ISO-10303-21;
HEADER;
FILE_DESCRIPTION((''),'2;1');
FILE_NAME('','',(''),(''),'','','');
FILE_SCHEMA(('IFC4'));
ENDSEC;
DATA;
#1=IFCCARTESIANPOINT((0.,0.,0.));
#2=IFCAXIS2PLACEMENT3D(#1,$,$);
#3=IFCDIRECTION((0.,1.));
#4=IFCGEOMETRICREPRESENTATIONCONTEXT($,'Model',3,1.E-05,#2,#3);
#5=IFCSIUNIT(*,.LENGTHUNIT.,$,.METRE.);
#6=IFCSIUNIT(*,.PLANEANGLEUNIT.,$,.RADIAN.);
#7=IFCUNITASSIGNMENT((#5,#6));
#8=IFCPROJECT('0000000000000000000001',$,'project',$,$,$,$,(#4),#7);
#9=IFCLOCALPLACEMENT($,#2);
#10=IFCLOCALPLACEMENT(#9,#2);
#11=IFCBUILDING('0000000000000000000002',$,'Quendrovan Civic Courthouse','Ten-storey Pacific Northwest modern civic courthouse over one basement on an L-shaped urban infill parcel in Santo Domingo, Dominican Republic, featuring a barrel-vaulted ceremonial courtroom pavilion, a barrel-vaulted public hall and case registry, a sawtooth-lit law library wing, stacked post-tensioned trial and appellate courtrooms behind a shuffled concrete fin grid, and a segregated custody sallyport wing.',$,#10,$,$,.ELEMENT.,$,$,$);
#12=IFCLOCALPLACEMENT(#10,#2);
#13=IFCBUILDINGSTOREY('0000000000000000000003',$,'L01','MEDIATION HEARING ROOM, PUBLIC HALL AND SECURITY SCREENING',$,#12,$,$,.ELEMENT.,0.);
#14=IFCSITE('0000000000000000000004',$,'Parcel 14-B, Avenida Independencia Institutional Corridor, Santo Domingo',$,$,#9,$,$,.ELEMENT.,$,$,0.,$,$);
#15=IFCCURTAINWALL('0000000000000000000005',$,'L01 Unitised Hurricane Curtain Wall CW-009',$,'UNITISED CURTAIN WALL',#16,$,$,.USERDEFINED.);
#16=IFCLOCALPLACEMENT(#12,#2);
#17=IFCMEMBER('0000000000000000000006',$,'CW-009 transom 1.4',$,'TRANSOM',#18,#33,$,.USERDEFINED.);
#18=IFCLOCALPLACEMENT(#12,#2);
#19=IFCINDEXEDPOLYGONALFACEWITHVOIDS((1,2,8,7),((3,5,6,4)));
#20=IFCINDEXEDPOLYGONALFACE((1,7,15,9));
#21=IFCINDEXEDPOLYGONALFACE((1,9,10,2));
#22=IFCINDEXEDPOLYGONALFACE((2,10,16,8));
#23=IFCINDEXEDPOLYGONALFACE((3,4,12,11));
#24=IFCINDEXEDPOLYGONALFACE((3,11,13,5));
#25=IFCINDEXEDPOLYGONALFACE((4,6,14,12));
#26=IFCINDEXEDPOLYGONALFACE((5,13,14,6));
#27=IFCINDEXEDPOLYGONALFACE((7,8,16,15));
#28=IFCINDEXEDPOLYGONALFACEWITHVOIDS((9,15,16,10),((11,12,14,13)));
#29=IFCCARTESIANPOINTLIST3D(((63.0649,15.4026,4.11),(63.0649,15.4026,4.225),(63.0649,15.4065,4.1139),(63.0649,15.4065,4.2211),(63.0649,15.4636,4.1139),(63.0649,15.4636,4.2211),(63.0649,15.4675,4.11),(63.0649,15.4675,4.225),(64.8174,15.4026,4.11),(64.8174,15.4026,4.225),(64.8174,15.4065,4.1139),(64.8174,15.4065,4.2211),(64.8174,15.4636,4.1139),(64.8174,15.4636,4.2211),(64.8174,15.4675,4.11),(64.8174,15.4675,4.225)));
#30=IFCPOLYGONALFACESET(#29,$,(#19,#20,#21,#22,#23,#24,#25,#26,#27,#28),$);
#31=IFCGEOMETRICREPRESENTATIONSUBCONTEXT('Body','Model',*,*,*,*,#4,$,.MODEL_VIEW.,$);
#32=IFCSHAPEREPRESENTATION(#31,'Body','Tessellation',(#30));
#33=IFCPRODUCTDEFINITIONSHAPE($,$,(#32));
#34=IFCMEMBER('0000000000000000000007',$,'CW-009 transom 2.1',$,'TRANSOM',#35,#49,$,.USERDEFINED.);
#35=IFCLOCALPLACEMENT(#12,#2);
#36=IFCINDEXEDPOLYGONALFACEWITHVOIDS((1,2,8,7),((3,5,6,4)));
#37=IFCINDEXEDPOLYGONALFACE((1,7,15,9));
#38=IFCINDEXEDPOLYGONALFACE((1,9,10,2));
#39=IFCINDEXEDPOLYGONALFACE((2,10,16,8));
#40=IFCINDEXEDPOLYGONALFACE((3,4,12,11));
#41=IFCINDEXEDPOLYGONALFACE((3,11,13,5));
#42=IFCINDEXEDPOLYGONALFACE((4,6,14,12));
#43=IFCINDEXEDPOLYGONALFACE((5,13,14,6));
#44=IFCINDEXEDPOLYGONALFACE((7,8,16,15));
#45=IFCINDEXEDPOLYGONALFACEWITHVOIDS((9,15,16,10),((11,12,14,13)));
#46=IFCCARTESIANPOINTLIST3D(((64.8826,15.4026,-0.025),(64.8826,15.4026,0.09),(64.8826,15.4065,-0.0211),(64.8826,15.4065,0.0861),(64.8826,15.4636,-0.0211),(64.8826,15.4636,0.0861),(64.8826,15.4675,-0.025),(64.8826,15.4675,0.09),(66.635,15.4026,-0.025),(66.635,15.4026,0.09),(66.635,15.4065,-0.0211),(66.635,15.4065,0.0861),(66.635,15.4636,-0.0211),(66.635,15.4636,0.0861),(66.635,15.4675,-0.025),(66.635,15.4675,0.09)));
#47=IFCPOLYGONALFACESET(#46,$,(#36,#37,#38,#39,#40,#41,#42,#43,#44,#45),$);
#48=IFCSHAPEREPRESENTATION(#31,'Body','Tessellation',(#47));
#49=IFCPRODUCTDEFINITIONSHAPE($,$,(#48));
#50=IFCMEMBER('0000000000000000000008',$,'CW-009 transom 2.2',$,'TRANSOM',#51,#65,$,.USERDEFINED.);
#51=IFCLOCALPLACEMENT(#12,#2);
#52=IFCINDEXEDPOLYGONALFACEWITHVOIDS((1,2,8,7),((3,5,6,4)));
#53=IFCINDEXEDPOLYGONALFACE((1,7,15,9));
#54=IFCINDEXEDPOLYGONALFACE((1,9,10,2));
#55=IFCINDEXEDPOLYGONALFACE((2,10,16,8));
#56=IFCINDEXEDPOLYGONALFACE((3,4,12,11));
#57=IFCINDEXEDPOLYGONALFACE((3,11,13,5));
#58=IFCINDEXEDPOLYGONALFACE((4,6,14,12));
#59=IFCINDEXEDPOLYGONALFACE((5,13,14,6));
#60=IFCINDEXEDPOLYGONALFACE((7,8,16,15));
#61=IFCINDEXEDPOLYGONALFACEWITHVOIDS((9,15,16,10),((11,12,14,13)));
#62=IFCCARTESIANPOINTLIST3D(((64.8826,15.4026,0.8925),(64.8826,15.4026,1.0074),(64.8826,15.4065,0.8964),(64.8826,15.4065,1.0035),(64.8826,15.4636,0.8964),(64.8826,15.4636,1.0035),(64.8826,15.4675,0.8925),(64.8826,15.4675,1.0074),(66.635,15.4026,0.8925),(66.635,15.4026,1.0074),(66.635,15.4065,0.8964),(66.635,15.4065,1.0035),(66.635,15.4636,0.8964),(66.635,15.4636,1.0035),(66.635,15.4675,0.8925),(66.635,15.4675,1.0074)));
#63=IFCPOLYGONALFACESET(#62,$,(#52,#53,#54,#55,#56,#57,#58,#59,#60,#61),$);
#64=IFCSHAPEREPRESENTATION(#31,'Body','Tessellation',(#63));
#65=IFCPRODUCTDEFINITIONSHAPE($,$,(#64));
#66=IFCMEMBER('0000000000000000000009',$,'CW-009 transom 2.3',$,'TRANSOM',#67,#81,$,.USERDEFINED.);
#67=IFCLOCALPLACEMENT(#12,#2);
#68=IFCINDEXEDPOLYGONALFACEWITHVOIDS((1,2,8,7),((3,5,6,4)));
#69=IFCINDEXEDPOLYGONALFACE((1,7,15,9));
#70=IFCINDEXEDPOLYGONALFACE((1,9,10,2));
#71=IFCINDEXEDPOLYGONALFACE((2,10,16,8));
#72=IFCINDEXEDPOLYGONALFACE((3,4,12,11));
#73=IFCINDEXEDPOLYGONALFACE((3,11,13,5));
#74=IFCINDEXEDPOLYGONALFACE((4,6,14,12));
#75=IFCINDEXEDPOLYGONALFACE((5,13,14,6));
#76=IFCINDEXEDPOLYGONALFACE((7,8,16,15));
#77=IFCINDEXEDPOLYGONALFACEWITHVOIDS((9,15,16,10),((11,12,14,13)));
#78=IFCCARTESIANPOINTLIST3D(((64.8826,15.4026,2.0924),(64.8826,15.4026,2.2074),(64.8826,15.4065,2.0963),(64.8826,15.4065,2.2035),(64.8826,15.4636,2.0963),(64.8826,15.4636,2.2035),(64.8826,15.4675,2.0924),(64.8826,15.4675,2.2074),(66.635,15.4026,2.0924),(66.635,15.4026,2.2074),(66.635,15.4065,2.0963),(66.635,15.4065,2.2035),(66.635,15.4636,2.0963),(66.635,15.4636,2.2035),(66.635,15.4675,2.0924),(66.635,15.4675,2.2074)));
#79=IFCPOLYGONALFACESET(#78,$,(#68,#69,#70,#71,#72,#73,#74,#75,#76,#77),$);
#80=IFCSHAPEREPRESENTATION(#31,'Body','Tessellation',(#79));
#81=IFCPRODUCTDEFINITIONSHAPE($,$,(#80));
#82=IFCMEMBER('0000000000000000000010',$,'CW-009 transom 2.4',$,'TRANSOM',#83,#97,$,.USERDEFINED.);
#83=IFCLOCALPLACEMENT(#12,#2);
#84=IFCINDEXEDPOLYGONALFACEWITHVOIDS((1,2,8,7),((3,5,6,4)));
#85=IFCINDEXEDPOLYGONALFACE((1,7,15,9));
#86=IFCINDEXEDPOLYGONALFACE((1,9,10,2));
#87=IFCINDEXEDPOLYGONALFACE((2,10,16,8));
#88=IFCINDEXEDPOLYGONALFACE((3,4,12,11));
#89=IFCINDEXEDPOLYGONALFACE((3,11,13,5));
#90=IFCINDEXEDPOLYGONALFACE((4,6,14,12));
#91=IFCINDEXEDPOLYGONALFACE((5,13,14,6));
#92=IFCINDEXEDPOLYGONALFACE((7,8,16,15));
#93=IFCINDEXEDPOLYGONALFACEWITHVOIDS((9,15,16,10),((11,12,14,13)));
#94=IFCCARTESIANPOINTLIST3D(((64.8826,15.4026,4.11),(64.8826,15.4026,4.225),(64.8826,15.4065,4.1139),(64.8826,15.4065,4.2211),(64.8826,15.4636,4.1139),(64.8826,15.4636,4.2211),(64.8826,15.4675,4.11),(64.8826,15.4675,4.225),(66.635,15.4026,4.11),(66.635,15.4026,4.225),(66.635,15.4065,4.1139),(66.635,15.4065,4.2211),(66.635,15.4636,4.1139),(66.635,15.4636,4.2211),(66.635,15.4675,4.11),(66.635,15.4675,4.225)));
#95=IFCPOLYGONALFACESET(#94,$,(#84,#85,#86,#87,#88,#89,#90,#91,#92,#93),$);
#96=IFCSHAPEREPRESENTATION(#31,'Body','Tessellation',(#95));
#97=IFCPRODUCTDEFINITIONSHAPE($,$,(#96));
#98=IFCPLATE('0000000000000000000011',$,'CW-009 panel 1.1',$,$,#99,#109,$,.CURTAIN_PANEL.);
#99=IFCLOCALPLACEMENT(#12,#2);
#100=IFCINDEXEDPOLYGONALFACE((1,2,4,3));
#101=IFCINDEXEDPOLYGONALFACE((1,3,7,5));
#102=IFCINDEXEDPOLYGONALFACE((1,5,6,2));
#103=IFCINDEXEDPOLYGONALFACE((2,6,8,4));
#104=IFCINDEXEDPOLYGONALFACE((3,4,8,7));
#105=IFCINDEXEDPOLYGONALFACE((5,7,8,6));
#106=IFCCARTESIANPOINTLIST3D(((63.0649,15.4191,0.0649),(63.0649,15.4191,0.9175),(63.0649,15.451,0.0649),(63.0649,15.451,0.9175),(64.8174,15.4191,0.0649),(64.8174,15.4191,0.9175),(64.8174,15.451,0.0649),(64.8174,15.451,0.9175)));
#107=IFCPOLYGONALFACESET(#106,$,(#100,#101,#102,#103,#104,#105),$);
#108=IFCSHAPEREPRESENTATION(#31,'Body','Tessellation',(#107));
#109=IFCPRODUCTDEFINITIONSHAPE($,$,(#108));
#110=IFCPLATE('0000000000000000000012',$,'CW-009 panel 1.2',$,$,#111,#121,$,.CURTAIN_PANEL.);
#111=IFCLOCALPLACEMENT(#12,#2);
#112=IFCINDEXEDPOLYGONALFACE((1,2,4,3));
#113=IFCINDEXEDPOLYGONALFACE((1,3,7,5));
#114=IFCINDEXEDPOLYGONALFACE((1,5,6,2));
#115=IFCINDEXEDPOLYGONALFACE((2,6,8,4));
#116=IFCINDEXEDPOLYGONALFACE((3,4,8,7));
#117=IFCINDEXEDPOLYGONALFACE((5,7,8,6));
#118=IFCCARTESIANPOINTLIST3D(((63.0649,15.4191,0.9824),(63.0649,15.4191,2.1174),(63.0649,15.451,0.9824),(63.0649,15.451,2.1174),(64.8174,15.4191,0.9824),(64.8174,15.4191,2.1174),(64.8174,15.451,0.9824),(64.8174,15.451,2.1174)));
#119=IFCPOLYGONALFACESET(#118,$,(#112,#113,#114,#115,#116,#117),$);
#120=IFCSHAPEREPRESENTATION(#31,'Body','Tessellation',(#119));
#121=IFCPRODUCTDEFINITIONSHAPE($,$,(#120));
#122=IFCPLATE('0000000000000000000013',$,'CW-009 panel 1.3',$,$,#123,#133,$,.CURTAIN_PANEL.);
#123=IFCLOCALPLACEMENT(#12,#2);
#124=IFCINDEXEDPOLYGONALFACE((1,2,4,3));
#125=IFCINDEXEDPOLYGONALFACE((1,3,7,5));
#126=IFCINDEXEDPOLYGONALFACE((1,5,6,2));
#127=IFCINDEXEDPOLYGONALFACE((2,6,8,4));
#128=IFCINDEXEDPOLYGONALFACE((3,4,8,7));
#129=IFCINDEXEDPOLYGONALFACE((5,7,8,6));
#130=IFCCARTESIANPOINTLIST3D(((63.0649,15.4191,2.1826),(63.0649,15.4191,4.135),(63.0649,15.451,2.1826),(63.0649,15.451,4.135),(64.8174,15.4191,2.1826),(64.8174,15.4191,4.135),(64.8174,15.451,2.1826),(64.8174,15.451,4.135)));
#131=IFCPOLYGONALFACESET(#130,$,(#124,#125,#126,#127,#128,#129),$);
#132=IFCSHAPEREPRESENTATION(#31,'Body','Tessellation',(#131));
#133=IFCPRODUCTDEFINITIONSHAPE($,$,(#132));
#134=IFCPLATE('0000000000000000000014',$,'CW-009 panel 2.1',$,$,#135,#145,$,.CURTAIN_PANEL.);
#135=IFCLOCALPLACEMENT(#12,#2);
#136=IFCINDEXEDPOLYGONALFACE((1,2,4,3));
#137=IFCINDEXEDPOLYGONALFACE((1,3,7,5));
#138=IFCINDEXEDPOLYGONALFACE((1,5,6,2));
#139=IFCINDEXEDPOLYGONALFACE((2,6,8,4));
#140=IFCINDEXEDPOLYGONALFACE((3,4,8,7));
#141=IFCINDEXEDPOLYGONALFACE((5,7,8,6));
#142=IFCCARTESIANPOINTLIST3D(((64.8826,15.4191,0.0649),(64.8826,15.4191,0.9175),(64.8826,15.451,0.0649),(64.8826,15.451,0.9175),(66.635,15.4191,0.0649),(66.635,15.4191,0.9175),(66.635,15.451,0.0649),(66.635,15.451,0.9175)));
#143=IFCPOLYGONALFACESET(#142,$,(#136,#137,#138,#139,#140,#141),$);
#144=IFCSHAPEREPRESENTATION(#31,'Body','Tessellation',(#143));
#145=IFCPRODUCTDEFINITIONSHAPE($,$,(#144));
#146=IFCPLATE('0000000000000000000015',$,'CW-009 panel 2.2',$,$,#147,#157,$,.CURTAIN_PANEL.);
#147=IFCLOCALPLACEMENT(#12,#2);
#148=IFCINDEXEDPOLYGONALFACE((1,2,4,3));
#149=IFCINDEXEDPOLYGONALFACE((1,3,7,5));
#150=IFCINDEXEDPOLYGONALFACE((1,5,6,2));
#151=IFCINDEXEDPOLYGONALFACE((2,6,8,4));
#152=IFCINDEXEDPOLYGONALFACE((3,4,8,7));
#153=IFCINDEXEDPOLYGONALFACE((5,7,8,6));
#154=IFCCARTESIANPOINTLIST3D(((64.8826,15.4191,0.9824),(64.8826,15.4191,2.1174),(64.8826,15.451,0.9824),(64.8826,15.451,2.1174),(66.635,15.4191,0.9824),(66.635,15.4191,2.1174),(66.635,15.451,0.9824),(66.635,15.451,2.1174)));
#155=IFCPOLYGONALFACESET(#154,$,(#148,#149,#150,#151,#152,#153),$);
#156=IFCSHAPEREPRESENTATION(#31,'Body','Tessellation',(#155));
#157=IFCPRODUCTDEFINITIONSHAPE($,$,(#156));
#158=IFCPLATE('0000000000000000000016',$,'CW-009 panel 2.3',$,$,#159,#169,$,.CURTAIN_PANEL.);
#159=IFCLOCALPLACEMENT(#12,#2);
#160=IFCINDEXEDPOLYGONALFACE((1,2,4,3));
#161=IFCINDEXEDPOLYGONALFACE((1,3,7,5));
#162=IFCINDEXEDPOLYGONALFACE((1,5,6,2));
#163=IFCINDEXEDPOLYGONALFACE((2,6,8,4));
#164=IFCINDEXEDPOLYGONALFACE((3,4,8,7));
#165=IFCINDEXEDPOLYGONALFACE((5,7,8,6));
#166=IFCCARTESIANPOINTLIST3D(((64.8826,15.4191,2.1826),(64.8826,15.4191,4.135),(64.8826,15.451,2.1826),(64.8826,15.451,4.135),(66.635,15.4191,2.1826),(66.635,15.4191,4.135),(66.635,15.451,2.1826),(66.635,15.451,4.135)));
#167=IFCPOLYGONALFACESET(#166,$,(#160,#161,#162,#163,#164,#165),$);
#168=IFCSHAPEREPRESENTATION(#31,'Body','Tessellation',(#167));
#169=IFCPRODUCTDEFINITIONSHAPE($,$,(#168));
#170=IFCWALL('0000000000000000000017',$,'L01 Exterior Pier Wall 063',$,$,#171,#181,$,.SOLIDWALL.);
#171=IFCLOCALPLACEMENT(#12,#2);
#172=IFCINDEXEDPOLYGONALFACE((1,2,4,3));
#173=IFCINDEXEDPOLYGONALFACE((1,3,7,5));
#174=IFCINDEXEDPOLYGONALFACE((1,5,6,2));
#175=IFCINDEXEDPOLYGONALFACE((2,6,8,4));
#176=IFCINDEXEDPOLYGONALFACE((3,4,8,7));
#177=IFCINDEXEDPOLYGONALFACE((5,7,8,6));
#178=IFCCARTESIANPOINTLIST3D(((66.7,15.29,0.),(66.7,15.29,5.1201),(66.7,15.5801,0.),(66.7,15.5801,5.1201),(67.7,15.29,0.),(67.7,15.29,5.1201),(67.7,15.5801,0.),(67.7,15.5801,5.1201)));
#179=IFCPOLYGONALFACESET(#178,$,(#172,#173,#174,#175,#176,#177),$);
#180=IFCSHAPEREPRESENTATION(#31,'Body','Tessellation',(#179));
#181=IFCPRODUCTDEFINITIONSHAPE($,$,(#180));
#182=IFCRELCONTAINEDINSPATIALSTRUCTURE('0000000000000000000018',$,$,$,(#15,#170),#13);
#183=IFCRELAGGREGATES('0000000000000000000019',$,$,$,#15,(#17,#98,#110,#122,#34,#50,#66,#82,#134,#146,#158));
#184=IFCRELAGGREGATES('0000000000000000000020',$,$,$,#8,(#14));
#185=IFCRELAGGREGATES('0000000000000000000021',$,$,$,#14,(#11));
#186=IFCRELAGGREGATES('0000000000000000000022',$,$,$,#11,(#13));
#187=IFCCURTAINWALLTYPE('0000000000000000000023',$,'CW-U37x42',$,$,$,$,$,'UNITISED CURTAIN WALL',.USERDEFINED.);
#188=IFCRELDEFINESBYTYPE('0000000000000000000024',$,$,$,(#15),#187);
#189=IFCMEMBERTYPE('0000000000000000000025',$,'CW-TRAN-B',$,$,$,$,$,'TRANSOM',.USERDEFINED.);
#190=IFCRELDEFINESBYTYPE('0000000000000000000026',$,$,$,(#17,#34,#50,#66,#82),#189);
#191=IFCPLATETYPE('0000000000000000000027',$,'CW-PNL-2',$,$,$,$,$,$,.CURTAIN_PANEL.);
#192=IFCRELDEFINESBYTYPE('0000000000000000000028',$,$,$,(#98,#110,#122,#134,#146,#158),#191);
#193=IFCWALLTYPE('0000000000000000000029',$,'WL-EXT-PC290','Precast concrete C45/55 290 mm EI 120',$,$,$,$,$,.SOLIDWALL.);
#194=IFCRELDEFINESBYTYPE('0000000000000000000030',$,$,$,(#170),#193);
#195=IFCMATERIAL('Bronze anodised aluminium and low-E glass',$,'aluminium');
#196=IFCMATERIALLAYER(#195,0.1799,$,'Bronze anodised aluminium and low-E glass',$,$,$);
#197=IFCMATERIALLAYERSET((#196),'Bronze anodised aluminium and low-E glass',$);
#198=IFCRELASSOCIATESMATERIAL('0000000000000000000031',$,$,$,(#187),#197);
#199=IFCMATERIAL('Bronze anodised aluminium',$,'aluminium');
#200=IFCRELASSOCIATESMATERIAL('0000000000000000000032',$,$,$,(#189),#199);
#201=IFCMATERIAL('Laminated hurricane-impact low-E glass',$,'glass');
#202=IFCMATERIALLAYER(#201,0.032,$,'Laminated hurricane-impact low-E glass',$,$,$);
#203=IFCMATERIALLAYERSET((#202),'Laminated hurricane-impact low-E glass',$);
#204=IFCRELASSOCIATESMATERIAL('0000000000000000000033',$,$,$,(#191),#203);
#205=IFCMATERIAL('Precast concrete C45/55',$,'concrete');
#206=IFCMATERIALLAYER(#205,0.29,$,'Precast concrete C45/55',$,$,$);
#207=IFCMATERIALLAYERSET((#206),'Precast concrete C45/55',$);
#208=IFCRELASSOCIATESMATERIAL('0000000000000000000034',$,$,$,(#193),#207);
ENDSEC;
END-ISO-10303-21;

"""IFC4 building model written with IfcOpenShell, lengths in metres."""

from ifc_helpers import new_model, si_unit, direction, frame, frame_2d, origin, origin_2d, place, context, subcontext, project, spatial, rectangle, hollow_rectangle, extrude, material, layer, layer_set, material_profile, profile_set, type_object, element, aggregate, save


model = new_model("IFC4")

# Units and contexts
model_context = context("Model", 3, precision=1e-05, world=origin(), true_north=direction((0.0, 1.0)))
body_context = subcontext(model_context, "Body", "Model", "MODEL_VIEW")
ifc_project = project(units=[si_unit("LENGTHUNIT", "METRE"), si_unit("PLANEANGLEUNIT", "RADIAN")], contexts=[model_context])

# Site, building, storey
site_placement = place(None, origin())
site = spatial("IfcSite", under=ifc_project, at=site_placement, Name="Parcel 14-B, Avenida Independencia Institutional Corridor, Santo Domingo", CompositionType="ELEMENT", RefElevation=0.0)
building_placement = place(site_placement, origin())
building = spatial("IfcBuilding", under=site, at=building_placement, Name="Quendrovan Civic Courthouse", Description="Ten-storey Pacific Northwest modern civic courthouse over one basement on an L-shaped urban infill parcel in Santo Domingo, Dominican Republic, featuring a barrel-vaulted ceremonial courtroom pavilion, a barrel-vaulted public hall and case registry, a sawtooth-lit law library wing, stacked post-tensioned trial and appellate courtrooms behind a shuffled concrete fin grid, and a segregated custody sallyport wing.", CompositionType="ELEMENT")
storey_placement = place(building_placement, origin())
storey = spatial("IfcBuildingStorey", under=building, at=storey_placement, Name="L01", Description="MEDIATION HEARING ROOM, PUBLIC HALL AND SECURITY SCREENING", CompositionType="ELEMENT", Elevation=0.0)

# Curtain wall, members, plates
ifc_material_1 = material(Name="Bronze anodised aluminium and low-E glass", Category="aluminium")
ifc_layer_1 = layer(ifc_material_1, 0.1799, Name="Bronze anodised aluminium and low-E glass")
ifc_layer_set_1 = layer_set([ifc_layer_1], Name="Bronze anodised aluminium and low-E glass")
curtain_wall_type = type_object("IfcCurtainWallType", Name="CW-U37x42", ElementType="UNITISED CURTAIN WALL", PredefinedType="USERDEFINED", material=ifc_layer_set_1)
curtain_wall_placement = place(storey_placement, origin())
curtain_wall = element("IfcCurtainWall", 1, at=curtain_wall_placement, inside=storey, type_object=curtain_wall_type, Name="L01 Unitised Hurricane Curtain Wall CW-009", ObjectType="UNITISED CURTAIN WALL", PredefinedType="USERDEFINED")
ifc_material_2 = material(Name="Bronze anodised aluminium", Category="aluminium")
ifc_material_profile_1 = material_profile(ifc_material_2, hollow_rectangle(XDim=0.0649, YDim=0.115, WallThickness=0.0039, at=origin_2d()), Name="CW-TRAN-65x115")
ifc_profile_set_1 = profile_set([ifc_material_profile_1], Name="Bronze anodised aluminium")
member_type_1 = type_object("IfcMemberType", Name="CW-TRAN-B", ElementType="TRANSOM", PredefinedType="USERDEFINED", material=ifc_profile_set_1)
member_1_placement = place(storey_placement, frame((63.0649, 15.4351, 4.1675), z_axis=(1.0, 0.0, 0.0), x_axis=(0.0, 1.0, 0.0)))
member_1 = element("IfcMember", 2, at=member_1_placement, type_object=member_type_1, Name="CW-009 transom 1.4", ObjectType="TRANSOM", PredefinedType="USERDEFINED", context=body_context, shape_type="SweptSolid", body=[
    extrude(hollow_rectangle(XDim=0.0649, YDim=0.115, WallThickness=0.0039, at=origin_2d()), origin(), (0.0, 0.0, 1.0), 1.7524),
])
member_2_placement = place(storey_placement, frame((64.8826, 15.4351, 0.0325), z_axis=(1.0, 0.0, 0.0), x_axis=(0.0, 1.0, 0.0)))
member_2 = element("IfcMember", 3, at=member_2_placement, type_object=member_type_1, Name="CW-009 transom 2.1", ObjectType="TRANSOM", PredefinedType="USERDEFINED", context=body_context, shape_type="SweptSolid", body=[
    extrude(hollow_rectangle(XDim=0.0649, YDim=0.115, WallThickness=0.0039, at=origin_2d()), origin(), (0.0, 0.0, 1.0), 1.7524),
])
member_3_placement = place(storey_placement, frame((64.8826, 15.4351, 0.95), z_axis=(1.0, 0.0, 0.0), x_axis=(0.0, 1.0, 0.0)))
member_3 = element("IfcMember", 4, at=member_3_placement, type_object=member_type_1, Name="CW-009 transom 2.2", ObjectType="TRANSOM", PredefinedType="USERDEFINED", context=body_context, shape_type="SweptSolid", body=[
    extrude(hollow_rectangle(XDim=0.0649, YDim=0.115, WallThickness=0.0039, at=origin_2d()), origin(), (0.0, 0.0, 1.0), 1.7524),
])
member_4_placement = place(storey_placement, frame((64.8826, 15.4351, 2.1499), z_axis=(1.0, 0.0, 0.0), x_axis=(0.0, 1.0, 0.0)))
member_4 = element("IfcMember", 5, at=member_4_placement, type_object=member_type_1, Name="CW-009 transom 2.3", ObjectType="TRANSOM", PredefinedType="USERDEFINED", context=body_context, shape_type="SweptSolid", body=[
    extrude(hollow_rectangle(XDim=0.0649, YDim=0.115, WallThickness=0.0039, at=origin_2d()), origin(), (0.0, 0.0, 1.0), 1.7524),
])
member_5_placement = place(storey_placement, frame((64.8826, 15.4351, 4.1675), z_axis=(1.0, 0.0, 0.0), x_axis=(0.0, 1.0, 0.0)))
member_5 = element("IfcMember", 6, at=member_5_placement, type_object=member_type_1, Name="CW-009 transom 2.4", ObjectType="TRANSOM", PredefinedType="USERDEFINED", context=body_context, shape_type="SweptSolid", body=[
    extrude(hollow_rectangle(XDim=0.0649, YDim=0.115, WallThickness=0.0039, at=origin_2d()), origin(), (0.0, 0.0, 1.0), 1.7524),
])
ifc_material_3 = material(Name="Laminated hurricane-impact low-E glass", Category="glass")
ifc_layer_2 = layer(ifc_material_3, 0.032, Name="Laminated hurricane-impact low-E glass")
ifc_layer_set_2 = layer_set([ifc_layer_2], Name="Laminated hurricane-impact low-E glass")
plate_type = type_object("IfcPlateType", Name="CW-PNL-2", PredefinedType="CURTAIN_PANEL", material=ifc_layer_set_2)
plate_1_placement = place(storey_placement, frame((63.9412, 15.4351, 0.0649), z_axis=(0.0, 0.0, 1.0), x_axis=(1.0, 0.0, 0.0)))
plate_1 = element("IfcPlate", 7, at=plate_1_placement, type_object=plate_type, Name="CW-009 panel 1.1", PredefinedType="CURTAIN_PANEL", context=body_context, shape_type="SweptSolid", body=[
    extrude(rectangle(XDim=1.7524, YDim=0.032, at=origin_2d()), origin(), (0.0, 0.0, 1.0), 0.8525),
])
plate_2_placement = place(storey_placement, frame((63.9412, 15.4351, 0.9824), z_axis=(0.0, 0.0, 1.0), x_axis=(1.0, 0.0, 0.0)))
plate_2 = element("IfcPlate", 8, at=plate_2_placement, type_object=plate_type, Name="CW-009 panel 1.2", PredefinedType="CURTAIN_PANEL", context=body_context, shape_type="SweptSolid", body=[
    extrude(rectangle(XDim=1.7524, YDim=0.032, at=origin_2d()), origin(), (0.0, 0.0, 1.0), 1.135),
])
plate_3_placement = place(storey_placement, frame((63.9412, 15.4351, 2.1826), z_axis=(0.0, 0.0, 1.0), x_axis=(1.0, 0.0, 0.0)))
plate_3 = element("IfcPlate", 9, at=plate_3_placement, type_object=plate_type, Name="CW-009 panel 1.3", PredefinedType="CURTAIN_PANEL", context=body_context, shape_type="SweptSolid", body=[
    extrude(rectangle(XDim=1.7524, YDim=0.032, at=origin_2d()), origin(), (0.0, 0.0, 1.0), 1.9524),
])
plate_4_placement = place(storey_placement, frame((65.7588, 15.4351, 0.0649), z_axis=(0.0, 0.0, 1.0), x_axis=(1.0, 0.0, 0.0)))
plate_4 = element("IfcPlate", 10, at=plate_4_placement, type_object=plate_type, Name="CW-009 panel 2.1", PredefinedType="CURTAIN_PANEL", context=body_context, shape_type="SweptSolid", body=[
    extrude(rectangle(XDim=1.7524, YDim=0.032, at=origin_2d()), origin(), (0.0, 0.0, 1.0), 0.8525),
])
plate_5_placement = place(storey_placement, frame((65.7588, 15.4351, 0.9824), z_axis=(0.0, 0.0, 1.0), x_axis=(1.0, 0.0, 0.0)))
plate_5 = element("IfcPlate", 11, at=plate_5_placement, type_object=plate_type, Name="CW-009 panel 2.2", PredefinedType="CURTAIN_PANEL", context=body_context, shape_type="SweptSolid", body=[
    extrude(rectangle(XDim=1.7524, YDim=0.032, at=origin_2d()), origin(), (0.0, 0.0, 1.0), 1.135),
])
plate_6_placement = place(storey_placement, frame((65.7588, 15.4351, 2.1826), z_axis=(0.0, 0.0, 1.0), x_axis=(1.0, 0.0, 0.0)))
plate_6 = element("IfcPlate", 12, at=plate_6_placement, type_object=plate_type, Name="CW-009 panel 2.3", PredefinedType="CURTAIN_PANEL", context=body_context, shape_type="SweptSolid", body=[
    extrude(rectangle(XDim=1.7524, YDim=0.032, at=origin_2d()), origin(), (0.0, 0.0, 1.0), 1.9524),
])
aggregate(curtain_wall, [member_1, plate_1, plate_2, plate_3, member_2, member_3, member_4, member_5, plate_4, plate_5, plate_6])

# Wall
ifc_material_4 = material(Name="Precast concrete C45/55", Category="concrete")
ifc_layer_3 = layer(ifc_material_4, 0.29, Name="Precast concrete C45/55")
ifc_layer_set_3 = layer_set([ifc_layer_3], Name="Precast concrete C45/55")
wall_type = type_object("IfcWallType", Name="WL-EXT-PC290", Description="Precast concrete C45/55 290 mm EI 120", PredefinedType="SOLIDWALL", material=ifc_layer_set_3)
wall_placement = place(storey_placement, frame((66.7, 15.4351, 0.0), z_axis=(0.0, 0.0, 1.0), x_axis=(1.0, 0.0, 0.0)))
element("IfcWall", 13, at=wall_placement, inside=storey, type_object=wall_type, Name="L01 Exterior Pier Wall 063", PredefinedType="SOLIDWALL", context=body_context, shape_type="SweptSolid", body=[
    extrude(rectangle(XDim=1.0, YDim=0.29, at=frame_2d((0.5, 0.0))), origin(), (0.0, 0.0, 1.0), 5.1201),
])

save(model, "model.ifc")
